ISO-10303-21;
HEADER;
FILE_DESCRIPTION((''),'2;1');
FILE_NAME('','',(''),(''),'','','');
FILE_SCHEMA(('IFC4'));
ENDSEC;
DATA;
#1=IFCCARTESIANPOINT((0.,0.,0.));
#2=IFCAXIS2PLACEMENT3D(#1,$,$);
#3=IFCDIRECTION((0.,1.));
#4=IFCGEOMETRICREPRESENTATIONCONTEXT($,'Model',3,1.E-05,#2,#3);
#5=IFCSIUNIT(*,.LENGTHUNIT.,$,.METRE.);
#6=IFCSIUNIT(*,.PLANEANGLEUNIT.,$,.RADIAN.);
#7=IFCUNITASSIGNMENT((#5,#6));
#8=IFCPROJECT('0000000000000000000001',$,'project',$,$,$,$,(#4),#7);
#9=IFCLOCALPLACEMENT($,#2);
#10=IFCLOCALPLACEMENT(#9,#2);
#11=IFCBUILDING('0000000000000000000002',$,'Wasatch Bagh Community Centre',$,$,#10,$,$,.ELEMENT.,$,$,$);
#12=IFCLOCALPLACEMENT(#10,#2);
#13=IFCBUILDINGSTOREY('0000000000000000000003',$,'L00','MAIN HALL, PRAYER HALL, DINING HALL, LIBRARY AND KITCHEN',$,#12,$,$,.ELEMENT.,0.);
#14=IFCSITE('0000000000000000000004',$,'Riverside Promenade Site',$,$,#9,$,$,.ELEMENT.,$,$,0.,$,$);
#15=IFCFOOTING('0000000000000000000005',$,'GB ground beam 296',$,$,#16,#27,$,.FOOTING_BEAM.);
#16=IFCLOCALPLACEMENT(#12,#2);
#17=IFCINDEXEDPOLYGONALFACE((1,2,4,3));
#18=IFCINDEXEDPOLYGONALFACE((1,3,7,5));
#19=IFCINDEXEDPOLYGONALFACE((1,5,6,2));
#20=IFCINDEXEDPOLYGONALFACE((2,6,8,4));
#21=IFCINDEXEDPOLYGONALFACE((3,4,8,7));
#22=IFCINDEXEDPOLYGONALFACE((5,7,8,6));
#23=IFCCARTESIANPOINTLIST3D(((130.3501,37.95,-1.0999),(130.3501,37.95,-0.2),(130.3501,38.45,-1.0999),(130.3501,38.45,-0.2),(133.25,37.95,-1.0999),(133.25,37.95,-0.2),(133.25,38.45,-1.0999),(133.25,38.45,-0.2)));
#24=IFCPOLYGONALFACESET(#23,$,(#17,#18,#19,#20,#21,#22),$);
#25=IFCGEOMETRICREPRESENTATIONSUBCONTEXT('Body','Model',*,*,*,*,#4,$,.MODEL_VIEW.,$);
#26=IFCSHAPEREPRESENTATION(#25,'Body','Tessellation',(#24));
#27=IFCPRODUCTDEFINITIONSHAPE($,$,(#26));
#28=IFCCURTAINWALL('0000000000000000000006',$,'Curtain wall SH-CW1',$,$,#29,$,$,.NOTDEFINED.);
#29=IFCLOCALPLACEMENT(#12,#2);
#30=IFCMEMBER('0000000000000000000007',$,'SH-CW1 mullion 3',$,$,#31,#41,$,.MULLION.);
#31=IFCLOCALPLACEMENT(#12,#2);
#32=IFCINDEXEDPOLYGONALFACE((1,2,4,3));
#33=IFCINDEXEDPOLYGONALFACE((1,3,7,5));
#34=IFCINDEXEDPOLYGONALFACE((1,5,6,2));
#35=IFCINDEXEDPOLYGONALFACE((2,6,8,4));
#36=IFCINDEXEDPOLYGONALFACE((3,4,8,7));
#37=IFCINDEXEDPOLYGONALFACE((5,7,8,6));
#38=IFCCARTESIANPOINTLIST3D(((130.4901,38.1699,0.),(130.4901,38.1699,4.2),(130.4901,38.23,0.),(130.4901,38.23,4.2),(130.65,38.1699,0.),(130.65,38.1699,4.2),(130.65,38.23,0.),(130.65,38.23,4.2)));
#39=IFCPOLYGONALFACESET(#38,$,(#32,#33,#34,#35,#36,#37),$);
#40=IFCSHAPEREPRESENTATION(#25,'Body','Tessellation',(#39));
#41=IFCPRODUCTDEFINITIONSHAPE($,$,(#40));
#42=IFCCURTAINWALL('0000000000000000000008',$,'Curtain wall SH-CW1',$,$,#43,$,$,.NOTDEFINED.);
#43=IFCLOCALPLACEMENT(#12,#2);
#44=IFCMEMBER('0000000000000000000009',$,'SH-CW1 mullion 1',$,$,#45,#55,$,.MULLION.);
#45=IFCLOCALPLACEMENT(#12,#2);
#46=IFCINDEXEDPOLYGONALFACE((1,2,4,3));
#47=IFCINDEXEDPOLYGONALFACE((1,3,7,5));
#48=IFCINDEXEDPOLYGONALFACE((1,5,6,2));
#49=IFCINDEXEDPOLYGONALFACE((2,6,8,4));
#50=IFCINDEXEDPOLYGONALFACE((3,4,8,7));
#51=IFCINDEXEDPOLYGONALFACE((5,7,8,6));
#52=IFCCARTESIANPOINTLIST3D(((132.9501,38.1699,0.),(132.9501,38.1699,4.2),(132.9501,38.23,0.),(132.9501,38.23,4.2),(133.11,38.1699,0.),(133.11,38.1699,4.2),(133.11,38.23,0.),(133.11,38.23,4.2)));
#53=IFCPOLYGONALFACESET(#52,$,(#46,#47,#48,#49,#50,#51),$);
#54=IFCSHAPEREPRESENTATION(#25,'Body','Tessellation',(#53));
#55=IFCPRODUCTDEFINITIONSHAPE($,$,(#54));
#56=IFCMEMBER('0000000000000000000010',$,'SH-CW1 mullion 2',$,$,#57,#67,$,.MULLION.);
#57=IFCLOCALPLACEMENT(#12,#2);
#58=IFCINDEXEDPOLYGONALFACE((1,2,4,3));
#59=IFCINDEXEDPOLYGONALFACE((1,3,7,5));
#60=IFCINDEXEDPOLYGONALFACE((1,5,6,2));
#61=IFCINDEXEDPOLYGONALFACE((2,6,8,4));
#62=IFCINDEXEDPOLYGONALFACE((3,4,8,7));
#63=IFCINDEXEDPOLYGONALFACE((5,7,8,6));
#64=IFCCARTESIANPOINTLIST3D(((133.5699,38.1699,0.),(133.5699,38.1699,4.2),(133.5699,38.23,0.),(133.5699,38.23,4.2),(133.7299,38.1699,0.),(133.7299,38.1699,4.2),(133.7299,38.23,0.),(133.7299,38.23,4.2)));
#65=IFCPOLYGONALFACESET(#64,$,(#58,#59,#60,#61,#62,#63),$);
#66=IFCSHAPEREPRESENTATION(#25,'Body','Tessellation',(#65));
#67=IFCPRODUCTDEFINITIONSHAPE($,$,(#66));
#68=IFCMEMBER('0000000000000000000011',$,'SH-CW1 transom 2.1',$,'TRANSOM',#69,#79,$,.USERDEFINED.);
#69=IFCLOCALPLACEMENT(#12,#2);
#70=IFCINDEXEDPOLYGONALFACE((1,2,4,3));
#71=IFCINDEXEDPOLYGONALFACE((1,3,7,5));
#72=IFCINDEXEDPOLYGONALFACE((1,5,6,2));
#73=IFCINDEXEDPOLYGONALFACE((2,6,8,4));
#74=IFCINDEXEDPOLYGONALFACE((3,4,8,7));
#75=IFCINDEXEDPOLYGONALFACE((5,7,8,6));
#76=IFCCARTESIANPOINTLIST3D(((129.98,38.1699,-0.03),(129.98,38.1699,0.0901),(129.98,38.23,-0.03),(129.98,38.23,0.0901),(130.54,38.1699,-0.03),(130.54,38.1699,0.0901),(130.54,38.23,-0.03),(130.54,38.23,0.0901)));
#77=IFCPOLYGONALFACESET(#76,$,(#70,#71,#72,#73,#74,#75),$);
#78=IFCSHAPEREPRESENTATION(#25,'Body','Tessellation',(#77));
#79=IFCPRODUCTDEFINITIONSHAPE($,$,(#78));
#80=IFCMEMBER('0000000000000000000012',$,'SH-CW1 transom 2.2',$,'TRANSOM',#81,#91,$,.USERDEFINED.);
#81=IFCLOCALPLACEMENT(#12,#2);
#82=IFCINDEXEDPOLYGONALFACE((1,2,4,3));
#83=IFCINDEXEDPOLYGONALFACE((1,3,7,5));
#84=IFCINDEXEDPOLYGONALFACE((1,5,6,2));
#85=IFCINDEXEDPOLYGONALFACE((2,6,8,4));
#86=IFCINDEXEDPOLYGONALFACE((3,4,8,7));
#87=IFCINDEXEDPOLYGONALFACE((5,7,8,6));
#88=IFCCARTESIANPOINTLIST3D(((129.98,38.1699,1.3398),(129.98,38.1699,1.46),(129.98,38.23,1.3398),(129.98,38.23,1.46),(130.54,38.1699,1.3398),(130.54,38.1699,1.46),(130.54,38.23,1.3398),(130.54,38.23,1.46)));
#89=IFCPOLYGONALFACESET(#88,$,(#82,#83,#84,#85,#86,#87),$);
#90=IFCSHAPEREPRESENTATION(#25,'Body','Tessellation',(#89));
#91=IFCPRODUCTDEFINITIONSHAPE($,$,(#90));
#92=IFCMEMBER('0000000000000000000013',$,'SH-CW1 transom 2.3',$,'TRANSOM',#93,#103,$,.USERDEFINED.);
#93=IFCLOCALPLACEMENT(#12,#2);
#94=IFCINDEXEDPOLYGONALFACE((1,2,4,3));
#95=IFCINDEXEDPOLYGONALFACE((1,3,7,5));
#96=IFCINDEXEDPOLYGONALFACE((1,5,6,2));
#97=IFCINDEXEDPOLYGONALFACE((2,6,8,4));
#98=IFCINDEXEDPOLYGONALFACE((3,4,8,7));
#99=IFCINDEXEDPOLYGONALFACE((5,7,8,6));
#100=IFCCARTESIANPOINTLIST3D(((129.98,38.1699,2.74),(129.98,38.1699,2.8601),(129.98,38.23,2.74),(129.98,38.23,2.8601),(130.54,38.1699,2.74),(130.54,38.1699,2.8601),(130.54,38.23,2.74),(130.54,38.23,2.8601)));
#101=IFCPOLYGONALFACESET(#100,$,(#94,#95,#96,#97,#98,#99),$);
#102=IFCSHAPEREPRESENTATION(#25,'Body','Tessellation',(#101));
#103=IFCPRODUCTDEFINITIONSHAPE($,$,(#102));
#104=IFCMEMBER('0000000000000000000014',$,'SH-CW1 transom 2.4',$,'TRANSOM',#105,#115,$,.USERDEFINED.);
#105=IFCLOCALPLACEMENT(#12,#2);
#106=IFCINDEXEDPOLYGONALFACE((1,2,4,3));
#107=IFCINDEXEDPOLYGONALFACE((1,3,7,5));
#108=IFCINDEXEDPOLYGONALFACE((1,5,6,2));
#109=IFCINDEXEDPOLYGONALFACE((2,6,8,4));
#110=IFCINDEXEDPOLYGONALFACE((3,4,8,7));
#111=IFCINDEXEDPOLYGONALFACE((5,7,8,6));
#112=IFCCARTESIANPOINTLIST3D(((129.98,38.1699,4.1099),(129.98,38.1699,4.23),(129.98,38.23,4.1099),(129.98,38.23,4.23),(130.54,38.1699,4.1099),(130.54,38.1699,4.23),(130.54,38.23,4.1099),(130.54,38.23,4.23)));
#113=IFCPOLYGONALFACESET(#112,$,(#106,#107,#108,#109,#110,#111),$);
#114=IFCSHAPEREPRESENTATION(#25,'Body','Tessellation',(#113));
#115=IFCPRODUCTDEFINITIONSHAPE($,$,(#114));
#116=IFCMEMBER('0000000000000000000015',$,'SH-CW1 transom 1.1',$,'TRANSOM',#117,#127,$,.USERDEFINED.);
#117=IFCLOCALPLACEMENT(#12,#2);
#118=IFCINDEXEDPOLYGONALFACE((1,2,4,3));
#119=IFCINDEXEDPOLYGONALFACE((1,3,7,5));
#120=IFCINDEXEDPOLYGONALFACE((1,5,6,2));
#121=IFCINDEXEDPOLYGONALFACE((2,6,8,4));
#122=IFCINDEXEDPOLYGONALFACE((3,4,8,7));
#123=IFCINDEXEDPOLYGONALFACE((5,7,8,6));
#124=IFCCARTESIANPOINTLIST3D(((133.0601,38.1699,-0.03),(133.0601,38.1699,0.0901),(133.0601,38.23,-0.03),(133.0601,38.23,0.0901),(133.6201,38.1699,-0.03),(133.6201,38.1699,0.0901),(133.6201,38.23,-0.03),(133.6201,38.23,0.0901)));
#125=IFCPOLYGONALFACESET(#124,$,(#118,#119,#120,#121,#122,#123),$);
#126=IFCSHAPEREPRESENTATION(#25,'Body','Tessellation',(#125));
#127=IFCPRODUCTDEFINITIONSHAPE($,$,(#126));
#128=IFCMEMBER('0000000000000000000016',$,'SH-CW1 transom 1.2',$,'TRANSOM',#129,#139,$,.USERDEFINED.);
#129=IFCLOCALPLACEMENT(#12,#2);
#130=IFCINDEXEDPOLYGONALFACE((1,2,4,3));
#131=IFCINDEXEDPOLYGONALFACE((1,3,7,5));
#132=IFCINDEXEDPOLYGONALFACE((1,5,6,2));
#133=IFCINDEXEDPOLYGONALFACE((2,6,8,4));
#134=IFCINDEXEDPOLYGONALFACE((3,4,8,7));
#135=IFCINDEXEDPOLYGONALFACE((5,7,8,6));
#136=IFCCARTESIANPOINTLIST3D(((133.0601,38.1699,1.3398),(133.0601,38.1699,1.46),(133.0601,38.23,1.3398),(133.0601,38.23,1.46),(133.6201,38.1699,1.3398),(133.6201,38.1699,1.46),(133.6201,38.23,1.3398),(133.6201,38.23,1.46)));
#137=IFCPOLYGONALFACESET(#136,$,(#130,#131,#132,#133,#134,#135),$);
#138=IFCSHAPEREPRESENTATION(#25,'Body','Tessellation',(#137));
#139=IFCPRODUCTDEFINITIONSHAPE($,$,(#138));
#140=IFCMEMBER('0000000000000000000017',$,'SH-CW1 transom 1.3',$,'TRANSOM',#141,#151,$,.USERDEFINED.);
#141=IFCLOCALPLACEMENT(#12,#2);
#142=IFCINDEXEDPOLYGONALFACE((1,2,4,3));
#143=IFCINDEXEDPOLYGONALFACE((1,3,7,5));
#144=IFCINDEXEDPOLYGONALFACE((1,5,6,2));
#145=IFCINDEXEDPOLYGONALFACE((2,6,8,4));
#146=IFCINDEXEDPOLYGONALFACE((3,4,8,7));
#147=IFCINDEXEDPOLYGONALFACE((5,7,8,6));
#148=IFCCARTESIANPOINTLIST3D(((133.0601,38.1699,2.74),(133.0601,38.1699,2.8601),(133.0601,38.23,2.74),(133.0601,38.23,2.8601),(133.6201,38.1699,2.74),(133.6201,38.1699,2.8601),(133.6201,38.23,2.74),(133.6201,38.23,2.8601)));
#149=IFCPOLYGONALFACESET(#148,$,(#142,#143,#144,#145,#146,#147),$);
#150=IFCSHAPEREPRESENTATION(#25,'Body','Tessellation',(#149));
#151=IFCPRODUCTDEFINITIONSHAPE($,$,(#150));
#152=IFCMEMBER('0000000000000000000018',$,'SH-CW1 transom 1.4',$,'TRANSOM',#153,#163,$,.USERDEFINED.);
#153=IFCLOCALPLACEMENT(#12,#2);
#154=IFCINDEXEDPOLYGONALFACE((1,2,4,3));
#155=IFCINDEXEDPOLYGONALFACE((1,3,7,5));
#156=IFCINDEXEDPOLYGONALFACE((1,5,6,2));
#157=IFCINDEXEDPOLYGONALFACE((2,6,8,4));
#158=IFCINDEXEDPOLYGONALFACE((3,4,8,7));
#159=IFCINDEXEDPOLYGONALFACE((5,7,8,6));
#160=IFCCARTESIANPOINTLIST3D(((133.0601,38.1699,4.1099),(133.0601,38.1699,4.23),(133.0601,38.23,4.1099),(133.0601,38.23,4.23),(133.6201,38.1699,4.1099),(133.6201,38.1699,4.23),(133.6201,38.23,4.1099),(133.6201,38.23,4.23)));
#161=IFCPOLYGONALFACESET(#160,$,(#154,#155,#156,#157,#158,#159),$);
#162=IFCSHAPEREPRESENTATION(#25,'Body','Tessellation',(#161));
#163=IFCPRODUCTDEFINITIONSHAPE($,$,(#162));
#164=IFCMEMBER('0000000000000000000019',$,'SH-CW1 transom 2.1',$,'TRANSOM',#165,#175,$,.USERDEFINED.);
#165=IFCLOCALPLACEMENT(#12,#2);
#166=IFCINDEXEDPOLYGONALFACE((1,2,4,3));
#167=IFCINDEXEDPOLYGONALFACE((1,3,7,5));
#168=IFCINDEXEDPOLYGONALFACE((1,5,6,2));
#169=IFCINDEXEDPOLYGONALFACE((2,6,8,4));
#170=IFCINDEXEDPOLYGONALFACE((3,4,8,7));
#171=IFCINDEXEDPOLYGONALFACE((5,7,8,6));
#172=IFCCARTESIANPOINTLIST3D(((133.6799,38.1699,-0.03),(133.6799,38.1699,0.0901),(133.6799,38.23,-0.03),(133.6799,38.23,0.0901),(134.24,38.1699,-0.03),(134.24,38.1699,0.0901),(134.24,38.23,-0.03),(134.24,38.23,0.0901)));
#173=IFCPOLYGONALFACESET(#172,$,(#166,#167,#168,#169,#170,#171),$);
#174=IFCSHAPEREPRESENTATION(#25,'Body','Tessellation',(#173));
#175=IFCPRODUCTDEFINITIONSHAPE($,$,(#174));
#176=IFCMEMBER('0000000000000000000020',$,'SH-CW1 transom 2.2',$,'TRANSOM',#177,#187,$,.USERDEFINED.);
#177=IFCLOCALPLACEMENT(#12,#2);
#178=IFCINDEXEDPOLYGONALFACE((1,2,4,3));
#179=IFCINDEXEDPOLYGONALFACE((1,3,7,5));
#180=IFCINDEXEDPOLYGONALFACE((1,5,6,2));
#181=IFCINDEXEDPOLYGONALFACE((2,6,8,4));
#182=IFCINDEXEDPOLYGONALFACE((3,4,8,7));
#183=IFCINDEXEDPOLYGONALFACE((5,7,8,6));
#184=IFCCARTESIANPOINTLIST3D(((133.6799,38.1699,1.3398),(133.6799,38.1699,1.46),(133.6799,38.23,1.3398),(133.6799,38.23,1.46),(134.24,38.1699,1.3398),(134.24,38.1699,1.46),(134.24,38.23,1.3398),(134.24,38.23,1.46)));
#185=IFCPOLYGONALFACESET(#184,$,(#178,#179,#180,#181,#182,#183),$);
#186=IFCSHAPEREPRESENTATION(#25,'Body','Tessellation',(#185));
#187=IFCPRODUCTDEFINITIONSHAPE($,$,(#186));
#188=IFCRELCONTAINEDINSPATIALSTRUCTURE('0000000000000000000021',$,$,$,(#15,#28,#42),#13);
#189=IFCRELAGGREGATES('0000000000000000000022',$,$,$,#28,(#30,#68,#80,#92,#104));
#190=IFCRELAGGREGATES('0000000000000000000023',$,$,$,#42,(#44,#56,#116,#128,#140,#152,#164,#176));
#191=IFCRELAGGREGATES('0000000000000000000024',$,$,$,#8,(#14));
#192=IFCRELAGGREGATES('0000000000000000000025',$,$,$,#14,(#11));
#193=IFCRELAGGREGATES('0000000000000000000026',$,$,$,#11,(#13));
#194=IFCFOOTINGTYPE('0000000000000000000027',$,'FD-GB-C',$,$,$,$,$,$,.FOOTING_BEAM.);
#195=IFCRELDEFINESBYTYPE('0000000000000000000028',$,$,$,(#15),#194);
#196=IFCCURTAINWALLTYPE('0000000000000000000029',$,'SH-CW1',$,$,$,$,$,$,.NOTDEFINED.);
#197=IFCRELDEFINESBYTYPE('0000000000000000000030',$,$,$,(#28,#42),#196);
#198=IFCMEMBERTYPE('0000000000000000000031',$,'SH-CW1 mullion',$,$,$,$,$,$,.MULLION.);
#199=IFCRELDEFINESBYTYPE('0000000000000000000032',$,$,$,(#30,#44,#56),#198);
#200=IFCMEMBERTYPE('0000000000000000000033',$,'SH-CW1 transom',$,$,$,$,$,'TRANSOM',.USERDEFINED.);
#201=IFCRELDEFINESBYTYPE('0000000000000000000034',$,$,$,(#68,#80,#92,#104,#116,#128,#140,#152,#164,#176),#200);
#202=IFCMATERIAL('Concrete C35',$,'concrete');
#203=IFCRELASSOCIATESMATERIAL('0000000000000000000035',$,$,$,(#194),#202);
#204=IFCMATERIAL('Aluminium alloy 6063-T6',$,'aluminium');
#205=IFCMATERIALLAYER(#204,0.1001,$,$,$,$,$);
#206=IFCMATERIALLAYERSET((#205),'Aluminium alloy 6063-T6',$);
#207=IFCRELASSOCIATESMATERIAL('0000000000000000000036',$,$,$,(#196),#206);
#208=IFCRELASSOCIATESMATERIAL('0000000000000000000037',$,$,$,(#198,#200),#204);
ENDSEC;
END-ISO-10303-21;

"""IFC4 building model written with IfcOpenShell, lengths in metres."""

from ifc_helpers import new_model, si_unit, direction, frame, origin, origin_2d, place, context, subcontext, project, spatial, rectangle, extrude, material, layer, layer_set, material_profile, profile_set, type_object, element, aggregate, save


model = new_model("IFC4")

# Units and contexts
model_context = context("Model", 3, precision=1e-05, world=origin(), true_north=direction((0.0, 1.0)))
body_context = subcontext(model_context, "Body", "Model", "MODEL_VIEW")
ifc_project = project(units=[si_unit("LENGTHUNIT", "METRE"), si_unit("PLANEANGLEUNIT", "RADIAN")], contexts=[model_context])

# Site, building, storey
site_placement = place(None, origin())
site = spatial("IfcSite", under=ifc_project, at=site_placement, Name="Riverside Promenade Site", CompositionType="ELEMENT", RefElevation=0.0)
building_placement = place(site_placement, origin())
building = spatial("IfcBuilding", under=site, at=building_placement, Name="Wasatch Bagh Community Centre", CompositionType="ELEMENT")
storey_placement = place(building_placement, origin())
storey = spatial("IfcBuildingStorey", under=building, at=storey_placement, Name="L00", Description="MAIN HALL, PRAYER HALL, DINING HALL, LIBRARY AND KITCHEN", CompositionType="ELEMENT", Elevation=0.0)

# Footing
ifc_material_1 = material(Name="Concrete C35", Category="concrete")
footing_type = type_object("IfcFootingType", Name="FD-GB-C", PredefinedType="FOOTING_BEAM", material=ifc_material_1)
footing_placement = place(storey_placement, frame((131.8, 38.2, -1.0999), z_axis=(0.0, 0.0, 1.0), x_axis=(1.0, 0.0, 0.0)))
element("IfcFooting", 1, at=footing_placement, inside=storey, type_object=footing_type, Name="GB ground beam 296", PredefinedType="FOOTING_BEAM", context=body_context, shape_type="SweptSolid", body=[
    extrude(rectangle(XDim=2.8999, YDim=0.5, at=origin_2d()), origin(), (0.0, 0.0, 1.0), 0.8999),
])

# Curtain wall, member
ifc_material_2 = material(Name="Aluminium alloy 6063-T6", Category="aluminium")
ifc_layer_1 = layer(ifc_material_2, 0.1001)
ifc_layer_set_1 = layer_set([ifc_layer_1], Name="Aluminium alloy 6063-T6")
curtain_wall_type = type_object("IfcCurtainWallType", Name="SH-CW1", PredefinedType="NOTDEFINED", material=ifc_layer_set_1)
curtain_wall_1_placement = place(storey_placement, origin())
curtain_wall_1 = element("IfcCurtainWall", 2, at=curtain_wall_1_placement, inside=storey, type_object=curtain_wall_type, Name="Curtain wall SH-CW1", PredefinedType="NOTDEFINED")
ifc_material_profile_1 = material_profile(ifc_material_2, rectangle(XDim=0.0601, YDim=0.1599, at=origin_2d()), Name="AL 60x160")
ifc_profile_set_1 = profile_set([ifc_material_profile_1], Name="Aluminium alloy 6063-T6")
member_type_1 = type_object("IfcMemberType", Name="SH-CW1 mullion", PredefinedType="MULLION", material=ifc_profile_set_1)
member_1_placement = place(storey_placement, frame((130.5701, 38.2, 0.0), z_axis=(0.0, 0.0, 1.0), x_axis=(0.0, 1.0, 0.0)))
member_1 = element("IfcMember", 3, at=member_1_placement, type_object=member_type_1, Name="SH-CW1 mullion 3", PredefinedType="MULLION", context=body_context, shape_type="SweptSolid", body=[
    extrude(rectangle(XDim=0.0601, YDim=0.1599, at=origin_2d()), origin(), (0.0, 0.0, 1.0), 4.2),
])

# Curtain wall, members
curtain_wall_2_placement = place(storey_placement, origin())
curtain_wall_2 = element("IfcCurtainWall", 4, at=curtain_wall_2_placement, inside=storey, type_object=curtain_wall_type, Name="Curtain wall SH-CW1", PredefinedType="NOTDEFINED")
member_2_placement = place(storey_placement, frame((133.03, 38.2, 0.0), z_axis=(0.0, 0.0, 1.0), x_axis=(0.0, 1.0, 0.0)))
member_2 = element("IfcMember", 5, at=member_2_placement, type_object=member_type_1, Name="SH-CW1 mullion 1", PredefinedType="MULLION", context=body_context, shape_type="SweptSolid", body=[
    extrude(rectangle(XDim=0.0601, YDim=0.1599, at=origin_2d()), origin(), (0.0, 0.0, 1.0), 4.2),
])
member_3_placement = place(storey_placement, frame((133.6499, 38.2, 0.0), z_axis=(0.0, 0.0, 1.0), x_axis=(0.0, 1.0, 0.0)))
member_3 = element("IfcMember", 6, at=member_3_placement, type_object=member_type_1, Name="SH-CW1 mullion 2", PredefinedType="MULLION", context=body_context, shape_type="SweptSolid", body=[
    extrude(rectangle(XDim=0.0601, YDim=0.1599, at=origin_2d()), origin(), (0.0, 0.0, 1.0), 4.2),
])

# Members
ifc_material_profile_2 = material_profile(ifc_material_2, rectangle(XDim=0.0601, YDim=0.1201, at=origin_2d()), Name="AL 60x120")
ifc_profile_set_2 = profile_set([ifc_material_profile_2], Name="Aluminium alloy 6063-T6")
member_type_2 = type_object("IfcMemberType", Name="SH-CW1 transom", ElementType="TRANSOM", PredefinedType="USERDEFINED", material=ifc_profile_set_2)
member_4_placement = place(storey_placement, frame((129.98, 38.2, 0.03), z_axis=(1.0, 0.0, 0.0), x_axis=(0.0, 1.0, 0.0)))
member_4 = element("IfcMember", 7, at=member_4_placement, type_object=member_type_2, Name="SH-CW1 transom 2.1", ObjectType="TRANSOM", PredefinedType="USERDEFINED", context=body_context, shape_type="SweptSolid", body=[
    extrude(rectangle(XDim=0.0601, YDim=0.1201, at=origin_2d()), origin(), (0.0, 0.0, 1.0), 0.5601),
])
member_5_placement = place(storey_placement, frame((129.98, 38.2, 1.3999), z_axis=(1.0, 0.0, 0.0), x_axis=(0.0, 1.0, 0.0)))
member_5 = element("IfcMember", 8, at=member_5_placement, type_object=member_type_2, Name="SH-CW1 transom 2.2", ObjectType="TRANSOM", PredefinedType="USERDEFINED", context=body_context, shape_type="SweptSolid", body=[
    extrude(rectangle(XDim=0.0601, YDim=0.1201, at=origin_2d()), origin(), (0.0, 0.0, 1.0), 0.5601),
])
member_6_placement = place(storey_placement, frame((129.98, 38.2, 2.8), z_axis=(1.0, 0.0, 0.0), x_axis=(0.0, 1.0, 0.0)))
member_6 = element("IfcMember", 9, at=member_6_placement, type_object=member_type_2, Name="SH-CW1 transom 2.3", ObjectType="TRANSOM", PredefinedType="USERDEFINED", context=body_context, shape_type="SweptSolid", body=[
    extrude(rectangle(XDim=0.0601, YDim=0.1201, at=origin_2d()), origin(), (0.0, 0.0, 1.0), 0.5601),
])
member_7_placement = place(storey_placement, frame((129.98, 38.2, 4.1699), z_axis=(1.0, 0.0, 0.0), x_axis=(0.0, 1.0, 0.0)))
member_7 = element("IfcMember", 10, at=member_7_placement, type_object=member_type_2, Name="SH-CW1 transom 2.4", ObjectType="TRANSOM", PredefinedType="USERDEFINED", context=body_context, shape_type="SweptSolid", body=[
    extrude(rectangle(XDim=0.0601, YDim=0.1201, at=origin_2d()), origin(), (0.0, 0.0, 1.0), 0.5601),
])
member_8_placement = place(storey_placement, frame((133.0601, 38.2, 0.03), z_axis=(1.0, 0.0, 0.0), x_axis=(0.0, 1.0, 0.0)))
member_8 = element("IfcMember", 11, at=member_8_placement, type_object=member_type_2, Name="SH-CW1 transom 1.1", ObjectType="TRANSOM", PredefinedType="USERDEFINED", context=body_context, shape_type="SweptSolid", body=[
    extrude(rectangle(XDim=0.0601, YDim=0.1201, at=origin_2d()), origin(), (0.0, 0.0, 1.0), 0.5601),
])
member_9_placement = place(storey_placement, frame((133.0601, 38.2, 1.3999), z_axis=(1.0, 0.0, 0.0), x_axis=(0.0, 1.0, 0.0)))
member_9 = element("IfcMember", 12, at=member_9_placement, type_object=member_type_2, Name="SH-CW1 transom 1.2", ObjectType="TRANSOM", PredefinedType="USERDEFINED", context=body_context, shape_type="SweptSolid", body=[
    extrude(rectangle(XDim=0.0601, YDim=0.1201, at=origin_2d()), origin(), (0.0, 0.0, 1.0), 0.5601),
])
member_10_placement = place(storey_placement, frame((133.0601, 38.2, 2.8), z_axis=(1.0, 0.0, 0.0), x_axis=(0.0, 1.0, 0.0)))
member_10 = element("IfcMember", 13, at=member_10_placement, type_object=member_type_2, Name="SH-CW1 transom 1.3", ObjectType="TRANSOM", PredefinedType="USERDEFINED", context=body_context, shape_type="SweptSolid", body=[
    extrude(rectangle(XDim=0.0601, YDim=0.1201, at=origin_2d()), origin(), (0.0, 0.0, 1.0), 0.5601),
])
member_11_placement = place(storey_placement, frame((133.0601, 38.2, 4.1699), z_axis=(1.0, 0.0, 0.0), x_axis=(0.0, 1.0, 0.0)))
member_11 = element("IfcMember", 14, at=member_11_placement, type_object=member_type_2, Name="SH-CW1 transom 1.4", ObjectType="TRANSOM", PredefinedType="USERDEFINED", context=body_context, shape_type="SweptSolid", body=[
    extrude(rectangle(XDim=0.0601, YDim=0.1201, at=origin_2d()), origin(), (0.0, 0.0, 1.0), 0.5601),
])
member_12_placement = place(storey_placement, frame((133.6799, 38.2, 0.03), z_axis=(1.0, 0.0, 0.0), x_axis=(0.0, 1.0, 0.0)))
member_12 = element("IfcMember", 15, at=member_12_placement, type_object=member_type_2, Name="SH-CW1 transom 2.1", ObjectType="TRANSOM", PredefinedType="USERDEFINED", context=body_context, shape_type="SweptSolid", body=[
    extrude(rectangle(XDim=0.0601, YDim=0.1201, at=origin_2d()), origin(), (0.0, 0.0, 1.0), 0.5601),
])
member_13_placement = place(storey_placement, frame((133.6799, 38.2, 1.3999), z_axis=(1.0, 0.0, 0.0), x_axis=(0.0, 1.0, 0.0)))
member_13 = element("IfcMember", 16, at=member_13_placement, type_object=member_type_2, Name="SH-CW1 transom 2.2", ObjectType="TRANSOM", PredefinedType="USERDEFINED", context=body_context, shape_type="SweptSolid", body=[
    extrude(rectangle(XDim=0.0601, YDim=0.1201, at=origin_2d()), origin(), (0.0, 0.0, 1.0), 0.5601),
])

aggregate(curtain_wall_1, [member_1, member_4, member_5, member_6, member_7])
aggregate(curtain_wall_2, [member_2, member_3, member_8, member_9, member_10, member_11, member_12, member_13])

save(model, "model.ifc")
